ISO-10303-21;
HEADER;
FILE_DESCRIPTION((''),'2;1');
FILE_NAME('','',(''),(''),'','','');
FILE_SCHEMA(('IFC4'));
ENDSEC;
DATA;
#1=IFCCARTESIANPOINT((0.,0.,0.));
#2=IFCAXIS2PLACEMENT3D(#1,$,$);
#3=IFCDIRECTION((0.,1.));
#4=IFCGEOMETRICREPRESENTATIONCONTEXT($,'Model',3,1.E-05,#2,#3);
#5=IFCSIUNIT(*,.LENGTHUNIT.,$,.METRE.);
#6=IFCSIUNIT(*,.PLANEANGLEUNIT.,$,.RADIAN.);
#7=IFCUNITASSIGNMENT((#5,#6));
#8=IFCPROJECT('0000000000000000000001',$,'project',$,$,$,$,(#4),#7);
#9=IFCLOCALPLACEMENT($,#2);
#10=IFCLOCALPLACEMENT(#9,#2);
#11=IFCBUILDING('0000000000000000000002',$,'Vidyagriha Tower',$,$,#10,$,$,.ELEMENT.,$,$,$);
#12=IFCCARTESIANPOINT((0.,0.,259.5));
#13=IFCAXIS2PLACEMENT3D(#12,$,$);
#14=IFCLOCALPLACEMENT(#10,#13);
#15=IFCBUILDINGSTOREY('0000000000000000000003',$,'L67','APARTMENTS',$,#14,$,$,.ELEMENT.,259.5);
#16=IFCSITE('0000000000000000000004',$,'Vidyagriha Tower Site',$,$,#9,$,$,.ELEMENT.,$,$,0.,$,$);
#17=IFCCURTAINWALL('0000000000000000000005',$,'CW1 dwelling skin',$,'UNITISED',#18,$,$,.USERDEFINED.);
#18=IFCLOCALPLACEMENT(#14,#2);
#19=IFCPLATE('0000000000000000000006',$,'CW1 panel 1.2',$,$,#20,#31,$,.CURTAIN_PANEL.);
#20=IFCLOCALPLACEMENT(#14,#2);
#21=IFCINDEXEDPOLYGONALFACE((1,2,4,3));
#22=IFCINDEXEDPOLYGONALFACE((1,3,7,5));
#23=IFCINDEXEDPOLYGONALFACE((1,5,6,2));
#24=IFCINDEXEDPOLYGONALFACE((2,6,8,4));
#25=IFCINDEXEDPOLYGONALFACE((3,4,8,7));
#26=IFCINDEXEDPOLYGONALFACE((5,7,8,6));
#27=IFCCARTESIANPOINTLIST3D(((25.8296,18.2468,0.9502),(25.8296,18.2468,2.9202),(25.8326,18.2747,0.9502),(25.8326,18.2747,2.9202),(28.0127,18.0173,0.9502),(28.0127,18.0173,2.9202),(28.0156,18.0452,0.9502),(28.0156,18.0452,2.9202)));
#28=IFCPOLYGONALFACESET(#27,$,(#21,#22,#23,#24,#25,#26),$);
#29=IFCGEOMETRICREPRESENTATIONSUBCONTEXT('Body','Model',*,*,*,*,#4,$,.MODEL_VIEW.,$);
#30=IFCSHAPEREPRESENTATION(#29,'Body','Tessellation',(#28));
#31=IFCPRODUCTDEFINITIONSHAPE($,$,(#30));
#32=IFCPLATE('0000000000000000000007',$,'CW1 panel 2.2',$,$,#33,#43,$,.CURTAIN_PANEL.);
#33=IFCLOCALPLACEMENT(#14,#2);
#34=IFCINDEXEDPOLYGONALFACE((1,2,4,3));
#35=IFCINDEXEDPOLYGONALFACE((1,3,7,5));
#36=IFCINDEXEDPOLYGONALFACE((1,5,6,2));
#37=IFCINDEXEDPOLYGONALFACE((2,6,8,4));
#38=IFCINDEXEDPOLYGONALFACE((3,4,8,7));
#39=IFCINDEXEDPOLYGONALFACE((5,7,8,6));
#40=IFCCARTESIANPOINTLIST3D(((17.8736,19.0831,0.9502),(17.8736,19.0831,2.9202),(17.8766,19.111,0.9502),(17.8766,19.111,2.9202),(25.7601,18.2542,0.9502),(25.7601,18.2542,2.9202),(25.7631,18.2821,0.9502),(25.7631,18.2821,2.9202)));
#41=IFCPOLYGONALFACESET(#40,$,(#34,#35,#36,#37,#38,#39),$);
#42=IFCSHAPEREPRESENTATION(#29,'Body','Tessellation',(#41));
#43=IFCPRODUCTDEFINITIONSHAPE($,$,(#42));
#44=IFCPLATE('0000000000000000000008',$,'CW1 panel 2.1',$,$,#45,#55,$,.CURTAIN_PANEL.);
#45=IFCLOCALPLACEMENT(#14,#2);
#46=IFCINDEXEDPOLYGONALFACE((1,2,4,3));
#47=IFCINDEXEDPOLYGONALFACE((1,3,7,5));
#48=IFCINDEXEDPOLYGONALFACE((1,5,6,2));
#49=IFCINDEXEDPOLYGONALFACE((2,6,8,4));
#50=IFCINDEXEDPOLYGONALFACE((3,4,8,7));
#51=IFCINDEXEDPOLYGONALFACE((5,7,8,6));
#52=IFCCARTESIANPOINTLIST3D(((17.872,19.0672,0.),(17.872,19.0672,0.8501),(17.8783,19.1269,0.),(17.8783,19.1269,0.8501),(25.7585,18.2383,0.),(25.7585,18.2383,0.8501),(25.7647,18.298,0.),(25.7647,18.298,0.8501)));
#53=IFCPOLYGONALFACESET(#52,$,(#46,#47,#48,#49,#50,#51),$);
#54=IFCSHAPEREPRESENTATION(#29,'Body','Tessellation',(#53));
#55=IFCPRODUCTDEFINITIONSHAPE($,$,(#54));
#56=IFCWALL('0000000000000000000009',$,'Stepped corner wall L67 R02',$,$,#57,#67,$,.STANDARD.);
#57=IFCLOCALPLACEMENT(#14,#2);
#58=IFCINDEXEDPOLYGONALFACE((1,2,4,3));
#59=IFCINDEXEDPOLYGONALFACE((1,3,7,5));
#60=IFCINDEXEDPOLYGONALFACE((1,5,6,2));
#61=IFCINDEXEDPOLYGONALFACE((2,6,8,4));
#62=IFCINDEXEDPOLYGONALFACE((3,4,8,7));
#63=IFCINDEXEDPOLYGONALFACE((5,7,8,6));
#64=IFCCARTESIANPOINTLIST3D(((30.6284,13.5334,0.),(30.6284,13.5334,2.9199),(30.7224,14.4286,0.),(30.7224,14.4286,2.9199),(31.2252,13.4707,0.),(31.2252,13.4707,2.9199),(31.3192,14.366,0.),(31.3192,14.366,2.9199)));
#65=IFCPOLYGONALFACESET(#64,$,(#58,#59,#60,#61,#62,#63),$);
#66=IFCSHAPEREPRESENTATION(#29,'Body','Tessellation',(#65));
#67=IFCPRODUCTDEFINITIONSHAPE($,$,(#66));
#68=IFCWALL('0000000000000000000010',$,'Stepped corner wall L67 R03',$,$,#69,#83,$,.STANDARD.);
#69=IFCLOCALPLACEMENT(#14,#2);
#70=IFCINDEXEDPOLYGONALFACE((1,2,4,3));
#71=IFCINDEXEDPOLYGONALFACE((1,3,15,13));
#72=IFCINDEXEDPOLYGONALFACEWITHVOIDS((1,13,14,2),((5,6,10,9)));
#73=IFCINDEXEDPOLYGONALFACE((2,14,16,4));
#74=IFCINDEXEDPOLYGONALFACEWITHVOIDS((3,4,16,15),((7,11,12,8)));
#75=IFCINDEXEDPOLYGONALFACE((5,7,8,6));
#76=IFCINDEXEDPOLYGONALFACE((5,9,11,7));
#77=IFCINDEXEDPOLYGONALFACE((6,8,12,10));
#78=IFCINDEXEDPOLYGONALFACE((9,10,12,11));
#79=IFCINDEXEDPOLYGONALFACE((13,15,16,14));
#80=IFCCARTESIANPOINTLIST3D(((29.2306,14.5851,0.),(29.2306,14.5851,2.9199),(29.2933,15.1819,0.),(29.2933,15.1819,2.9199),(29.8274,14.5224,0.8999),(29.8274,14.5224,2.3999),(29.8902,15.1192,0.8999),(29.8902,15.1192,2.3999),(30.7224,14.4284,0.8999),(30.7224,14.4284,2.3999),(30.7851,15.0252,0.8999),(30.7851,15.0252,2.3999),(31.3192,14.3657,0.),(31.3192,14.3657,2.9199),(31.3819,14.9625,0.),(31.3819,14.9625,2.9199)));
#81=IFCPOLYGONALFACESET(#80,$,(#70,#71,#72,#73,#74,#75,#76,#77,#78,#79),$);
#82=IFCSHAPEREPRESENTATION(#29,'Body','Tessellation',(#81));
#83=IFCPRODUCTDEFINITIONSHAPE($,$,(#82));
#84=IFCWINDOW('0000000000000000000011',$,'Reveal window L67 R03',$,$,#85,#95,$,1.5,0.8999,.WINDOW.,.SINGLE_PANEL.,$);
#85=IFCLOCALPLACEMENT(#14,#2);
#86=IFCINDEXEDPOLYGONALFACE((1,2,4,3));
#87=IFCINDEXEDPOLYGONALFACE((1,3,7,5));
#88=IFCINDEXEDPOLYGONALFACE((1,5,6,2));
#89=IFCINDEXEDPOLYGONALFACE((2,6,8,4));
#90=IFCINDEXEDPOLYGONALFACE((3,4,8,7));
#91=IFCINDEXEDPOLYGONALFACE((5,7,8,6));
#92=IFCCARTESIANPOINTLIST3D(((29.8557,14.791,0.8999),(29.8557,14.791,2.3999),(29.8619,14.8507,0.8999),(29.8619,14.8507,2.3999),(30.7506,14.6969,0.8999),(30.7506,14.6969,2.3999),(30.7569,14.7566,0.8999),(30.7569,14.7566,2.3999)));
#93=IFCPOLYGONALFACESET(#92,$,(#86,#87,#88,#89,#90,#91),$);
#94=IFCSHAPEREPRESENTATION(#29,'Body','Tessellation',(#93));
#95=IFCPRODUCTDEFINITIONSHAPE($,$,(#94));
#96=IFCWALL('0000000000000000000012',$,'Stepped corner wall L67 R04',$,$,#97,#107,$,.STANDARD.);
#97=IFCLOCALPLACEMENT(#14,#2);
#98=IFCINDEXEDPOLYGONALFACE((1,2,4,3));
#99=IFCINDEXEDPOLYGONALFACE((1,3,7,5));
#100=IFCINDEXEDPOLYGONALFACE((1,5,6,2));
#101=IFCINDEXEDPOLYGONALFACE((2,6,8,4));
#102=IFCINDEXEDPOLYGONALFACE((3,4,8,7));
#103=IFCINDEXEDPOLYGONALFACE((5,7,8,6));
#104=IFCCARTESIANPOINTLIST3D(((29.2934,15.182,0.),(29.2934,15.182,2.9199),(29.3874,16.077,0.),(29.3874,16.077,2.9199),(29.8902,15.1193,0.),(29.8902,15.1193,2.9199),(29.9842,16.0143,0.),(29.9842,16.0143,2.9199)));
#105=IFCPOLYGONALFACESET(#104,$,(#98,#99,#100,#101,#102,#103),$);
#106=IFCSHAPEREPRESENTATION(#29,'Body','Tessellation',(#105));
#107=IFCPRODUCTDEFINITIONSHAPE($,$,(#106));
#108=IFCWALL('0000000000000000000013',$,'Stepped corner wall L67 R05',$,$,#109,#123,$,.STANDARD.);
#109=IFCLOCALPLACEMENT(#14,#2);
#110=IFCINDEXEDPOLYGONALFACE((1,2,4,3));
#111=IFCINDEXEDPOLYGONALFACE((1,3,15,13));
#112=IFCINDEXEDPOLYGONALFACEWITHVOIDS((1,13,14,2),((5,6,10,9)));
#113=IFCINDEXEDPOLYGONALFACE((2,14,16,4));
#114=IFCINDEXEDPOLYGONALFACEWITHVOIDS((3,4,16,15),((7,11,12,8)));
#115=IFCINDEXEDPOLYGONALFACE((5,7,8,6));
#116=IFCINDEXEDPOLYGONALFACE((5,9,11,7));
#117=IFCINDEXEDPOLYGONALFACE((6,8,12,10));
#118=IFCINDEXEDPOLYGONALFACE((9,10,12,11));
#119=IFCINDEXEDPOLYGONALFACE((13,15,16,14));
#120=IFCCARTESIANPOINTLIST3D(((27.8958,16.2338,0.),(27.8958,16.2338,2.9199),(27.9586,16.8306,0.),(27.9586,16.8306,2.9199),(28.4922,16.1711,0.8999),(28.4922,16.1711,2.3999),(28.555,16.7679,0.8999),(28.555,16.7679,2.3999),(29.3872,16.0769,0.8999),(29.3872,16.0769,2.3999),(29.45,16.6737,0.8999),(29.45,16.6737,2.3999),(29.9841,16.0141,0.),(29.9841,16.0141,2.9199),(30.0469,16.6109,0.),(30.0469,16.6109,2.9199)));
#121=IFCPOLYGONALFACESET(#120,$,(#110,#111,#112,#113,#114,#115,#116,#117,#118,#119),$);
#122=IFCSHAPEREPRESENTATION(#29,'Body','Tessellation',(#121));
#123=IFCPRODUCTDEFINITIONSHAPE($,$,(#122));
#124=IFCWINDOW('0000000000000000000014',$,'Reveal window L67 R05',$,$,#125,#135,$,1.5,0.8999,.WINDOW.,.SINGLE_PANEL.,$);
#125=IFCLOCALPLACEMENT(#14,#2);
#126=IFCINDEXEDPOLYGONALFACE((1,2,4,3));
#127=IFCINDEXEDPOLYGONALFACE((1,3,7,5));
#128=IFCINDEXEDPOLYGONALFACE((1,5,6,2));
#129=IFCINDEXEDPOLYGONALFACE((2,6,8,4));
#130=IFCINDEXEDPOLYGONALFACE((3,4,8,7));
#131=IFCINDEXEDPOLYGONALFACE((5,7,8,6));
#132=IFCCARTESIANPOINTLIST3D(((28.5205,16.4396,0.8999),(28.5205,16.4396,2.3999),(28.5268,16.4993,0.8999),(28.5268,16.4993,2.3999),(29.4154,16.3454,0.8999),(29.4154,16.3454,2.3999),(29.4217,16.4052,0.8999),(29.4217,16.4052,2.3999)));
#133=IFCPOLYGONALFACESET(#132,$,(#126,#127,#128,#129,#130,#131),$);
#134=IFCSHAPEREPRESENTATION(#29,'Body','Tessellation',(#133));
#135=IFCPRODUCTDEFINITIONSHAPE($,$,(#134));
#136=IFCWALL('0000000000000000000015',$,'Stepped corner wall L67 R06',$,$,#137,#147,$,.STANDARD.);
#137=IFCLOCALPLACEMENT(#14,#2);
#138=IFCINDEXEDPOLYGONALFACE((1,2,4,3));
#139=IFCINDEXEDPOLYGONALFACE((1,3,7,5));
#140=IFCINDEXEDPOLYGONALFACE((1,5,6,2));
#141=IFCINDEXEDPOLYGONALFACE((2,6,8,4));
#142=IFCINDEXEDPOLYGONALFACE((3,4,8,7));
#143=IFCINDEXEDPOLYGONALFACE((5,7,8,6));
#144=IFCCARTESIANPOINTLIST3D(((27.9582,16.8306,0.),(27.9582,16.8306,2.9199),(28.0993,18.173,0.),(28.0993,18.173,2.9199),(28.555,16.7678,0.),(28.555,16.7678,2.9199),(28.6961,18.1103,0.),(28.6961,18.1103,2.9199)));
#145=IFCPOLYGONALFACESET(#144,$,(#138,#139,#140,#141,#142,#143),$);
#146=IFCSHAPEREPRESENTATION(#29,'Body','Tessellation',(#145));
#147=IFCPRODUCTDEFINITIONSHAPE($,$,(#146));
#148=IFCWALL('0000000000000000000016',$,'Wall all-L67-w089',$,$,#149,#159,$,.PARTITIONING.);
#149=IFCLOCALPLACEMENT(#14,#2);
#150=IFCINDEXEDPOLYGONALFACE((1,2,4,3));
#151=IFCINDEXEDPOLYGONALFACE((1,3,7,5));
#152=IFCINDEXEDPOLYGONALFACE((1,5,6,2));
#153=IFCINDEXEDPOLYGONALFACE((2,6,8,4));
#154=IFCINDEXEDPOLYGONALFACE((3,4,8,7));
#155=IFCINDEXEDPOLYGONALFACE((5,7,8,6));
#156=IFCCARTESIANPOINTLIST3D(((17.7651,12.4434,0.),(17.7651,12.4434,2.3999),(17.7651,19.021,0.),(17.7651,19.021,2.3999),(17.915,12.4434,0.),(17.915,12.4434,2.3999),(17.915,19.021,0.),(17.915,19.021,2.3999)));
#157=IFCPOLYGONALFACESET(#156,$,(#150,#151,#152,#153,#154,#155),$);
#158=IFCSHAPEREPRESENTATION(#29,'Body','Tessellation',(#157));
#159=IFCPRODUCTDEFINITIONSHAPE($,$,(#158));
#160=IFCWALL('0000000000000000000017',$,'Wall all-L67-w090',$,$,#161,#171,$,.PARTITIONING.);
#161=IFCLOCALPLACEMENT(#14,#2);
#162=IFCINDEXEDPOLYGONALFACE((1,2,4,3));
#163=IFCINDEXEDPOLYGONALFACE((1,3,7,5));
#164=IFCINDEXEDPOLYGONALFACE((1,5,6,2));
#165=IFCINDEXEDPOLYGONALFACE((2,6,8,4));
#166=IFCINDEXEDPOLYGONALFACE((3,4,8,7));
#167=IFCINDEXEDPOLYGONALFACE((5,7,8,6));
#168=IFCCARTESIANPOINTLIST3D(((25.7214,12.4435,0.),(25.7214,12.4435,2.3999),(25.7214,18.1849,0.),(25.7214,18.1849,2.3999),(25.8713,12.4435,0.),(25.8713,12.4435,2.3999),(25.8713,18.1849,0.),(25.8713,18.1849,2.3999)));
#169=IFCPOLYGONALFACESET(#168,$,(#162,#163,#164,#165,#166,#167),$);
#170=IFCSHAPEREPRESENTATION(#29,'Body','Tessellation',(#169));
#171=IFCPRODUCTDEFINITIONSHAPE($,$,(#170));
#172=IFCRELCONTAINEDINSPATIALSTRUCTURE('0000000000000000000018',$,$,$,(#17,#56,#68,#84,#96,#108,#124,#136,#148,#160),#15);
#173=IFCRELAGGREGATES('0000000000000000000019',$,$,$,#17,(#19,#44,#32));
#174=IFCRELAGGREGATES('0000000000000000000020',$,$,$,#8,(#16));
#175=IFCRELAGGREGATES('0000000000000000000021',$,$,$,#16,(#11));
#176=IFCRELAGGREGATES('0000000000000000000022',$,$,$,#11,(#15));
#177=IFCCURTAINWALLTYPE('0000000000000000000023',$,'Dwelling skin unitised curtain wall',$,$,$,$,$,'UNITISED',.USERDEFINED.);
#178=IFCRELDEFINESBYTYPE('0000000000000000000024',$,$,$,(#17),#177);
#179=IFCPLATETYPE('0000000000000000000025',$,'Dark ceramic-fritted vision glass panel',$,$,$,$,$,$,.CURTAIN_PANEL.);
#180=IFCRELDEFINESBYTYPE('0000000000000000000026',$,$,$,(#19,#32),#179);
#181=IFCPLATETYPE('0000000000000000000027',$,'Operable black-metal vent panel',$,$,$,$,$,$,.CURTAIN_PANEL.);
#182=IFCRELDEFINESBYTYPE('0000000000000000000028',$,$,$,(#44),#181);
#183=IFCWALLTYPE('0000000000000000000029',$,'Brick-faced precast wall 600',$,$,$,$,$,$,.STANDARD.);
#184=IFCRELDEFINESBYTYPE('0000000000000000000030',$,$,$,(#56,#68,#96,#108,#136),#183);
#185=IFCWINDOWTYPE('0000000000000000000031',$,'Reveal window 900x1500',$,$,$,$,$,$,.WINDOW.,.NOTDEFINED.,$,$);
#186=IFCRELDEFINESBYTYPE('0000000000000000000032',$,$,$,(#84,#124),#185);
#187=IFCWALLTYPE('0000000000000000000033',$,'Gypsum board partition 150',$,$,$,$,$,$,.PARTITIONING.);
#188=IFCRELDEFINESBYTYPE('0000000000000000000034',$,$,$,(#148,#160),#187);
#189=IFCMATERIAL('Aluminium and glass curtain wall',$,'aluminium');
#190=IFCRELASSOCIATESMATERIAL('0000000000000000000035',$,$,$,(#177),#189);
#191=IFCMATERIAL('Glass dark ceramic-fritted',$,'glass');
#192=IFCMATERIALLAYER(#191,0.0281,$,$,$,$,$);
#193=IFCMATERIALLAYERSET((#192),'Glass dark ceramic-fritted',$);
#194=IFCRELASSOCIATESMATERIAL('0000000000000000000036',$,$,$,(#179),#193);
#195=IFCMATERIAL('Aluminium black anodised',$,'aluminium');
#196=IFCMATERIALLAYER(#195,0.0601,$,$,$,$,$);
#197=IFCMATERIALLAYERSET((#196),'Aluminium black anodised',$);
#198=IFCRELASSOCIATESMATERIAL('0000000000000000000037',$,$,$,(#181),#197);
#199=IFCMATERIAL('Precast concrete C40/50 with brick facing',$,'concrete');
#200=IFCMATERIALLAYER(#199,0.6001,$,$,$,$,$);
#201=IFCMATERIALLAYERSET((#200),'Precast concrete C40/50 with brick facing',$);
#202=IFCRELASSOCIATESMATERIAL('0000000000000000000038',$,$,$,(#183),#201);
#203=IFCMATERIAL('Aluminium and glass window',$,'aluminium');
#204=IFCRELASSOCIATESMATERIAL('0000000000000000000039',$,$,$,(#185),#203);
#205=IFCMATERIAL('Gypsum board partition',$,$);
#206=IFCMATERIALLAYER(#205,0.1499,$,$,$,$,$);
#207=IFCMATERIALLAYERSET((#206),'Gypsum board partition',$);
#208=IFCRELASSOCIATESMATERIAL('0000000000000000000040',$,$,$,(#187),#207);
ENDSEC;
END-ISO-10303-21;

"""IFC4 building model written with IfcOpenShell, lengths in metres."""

from ifc_helpers import new_model, si_unit, direction, frame, frame_2d, origin, origin_2d, place, context, subcontext, project, spatial, rectangle, extrude, material, layer, layer_set, type_object, element, fill, aggregate, save


model = new_model("IFC4")

# Units and contexts
model_context = context("Model", 3, precision=1e-05, world=origin(), true_north=direction((0.0, 1.0)))
body_context = subcontext(model_context, "Body", "Model", "MODEL_VIEW")
ifc_project = project(units=[si_unit("LENGTHUNIT", "METRE"), si_unit("PLANEANGLEUNIT", "RADIAN")], contexts=[model_context])

# Site, building, storey
site_placement = place(None, origin())
site = spatial("IfcSite", under=ifc_project, at=site_placement, Name="Vidyagriha Tower Site", CompositionType="ELEMENT", RefElevation=0.0)
building_placement = place(site_placement, origin())
building = spatial("IfcBuilding", under=site, at=building_placement, Name="Vidyagriha Tower", CompositionType="ELEMENT")
storey_placement = place(building_placement, frame((0.0, 0.0, 259.5)))
storey = spatial("IfcBuildingStorey", under=building, at=storey_placement, Name="L67", Description="APARTMENTS", CompositionType="ELEMENT", Elevation=259.5)

# Curtain wall, plates
ifc_material_1 = material(Name="Aluminium and glass curtain wall", Category="aluminium")
curtain_wall_type = type_object("IfcCurtainWallType", Name="Dwelling skin unitised curtain wall", ElementType="UNITISED", PredefinedType="USERDEFINED", material=ifc_material_1)
curtain_wall_placement = place(storey_placement, origin())
curtain_wall = element("IfcCurtainWall", 1, at=curtain_wall_placement, inside=storey, type_object=curtain_wall_type, Name="CW1 dwelling skin", ObjectType="UNITISED", PredefinedType="USERDEFINED")
ifc_material_2 = material(Name="Glass dark ceramic-fritted", Category="glass")
ifc_layer_1 = layer(ifc_material_2, 0.0281)
ifc_layer_set_1 = layer_set([ifc_layer_1], Name="Glass dark ceramic-fritted")
plate_type_1 = type_object("IfcPlateType", Name="Dark ceramic-fritted vision glass panel", PredefinedType="CURTAIN_PANEL", material=ifc_layer_set_1)
plate_1_placement = place(storey_placement, frame((26.9226, 18.146, 0.9502), z_axis=(0.0, 0.0, 1.0), x_axis=(-0.994522, 0.104529, 0.0)))
plate_1 = element("IfcPlate", 2, at=plate_1_placement, type_object=plate_type_1, Name="CW1 panel 1.2", PredefinedType="CURTAIN_PANEL", context=body_context, shape_type="SweptSolid", body=[
    extrude(rectangle(XDim=2.1951, YDim=0.0281, at=origin_2d()), origin(), (0.0, 0.0, 1.0), 1.97),
])
plate_2_placement = place(storey_placement, frame((21.8184, 18.6826, 0.9502), z_axis=(0.0, 0.0, 1.0), x_axis=(-0.994522, 0.104529, 0.0)))
plate_2 = element("IfcPlate", 3, at=plate_2_placement, type_object=plate_type_1, Name="CW1 panel 2.2", PredefinedType="CURTAIN_PANEL", context=body_context, shape_type="SweptSolid", body=[
    extrude(rectangle(XDim=7.9299, YDim=0.0281, at=origin_2d()), origin(), (0.0, 0.0, 1.0), 1.97),
])
ifc_material_3 = material(Name="Aluminium black anodised", Category="aluminium")
ifc_layer_2 = layer(ifc_material_3, 0.0601)
ifc_layer_set_2 = layer_set([ifc_layer_2], Name="Aluminium black anodised")
plate_type_2 = type_object("IfcPlateType", Name="Operable black-metal vent panel", PredefinedType="CURTAIN_PANEL", material=ifc_layer_set_2)
plate_3_placement = place(storey_placement, frame((21.8184, 18.6826, 0.0), z_axis=(0.0, 0.0, 1.0), x_axis=(-0.994522, 0.104529, 0.0)))
plate_3 = element("IfcPlate", 4, at=plate_3_placement, type_object=plate_type_2, Name="CW1 panel 2.1", PredefinedType="CURTAIN_PANEL", context=body_context, shape_type="SweptSolid", body=[
    extrude(rectangle(XDim=7.9299, YDim=0.0601, at=origin_2d()), origin(), (0.0, 0.0, 1.0), 0.8501),
])
aggregate(curtain_wall, [plate_1, plate_3, plate_2])

# Wall
ifc_material_4 = material(Name="Precast concrete C40/50 with brick facing", Category="concrete")
ifc_layer_3 = layer(ifc_material_4, 0.6001)
ifc_layer_set_3 = layer_set([ifc_layer_3], Name="Precast concrete C40/50 with brick facing")
wall_type_1 = type_object("IfcWallType", Name="Brick-faced precast wall 600", PredefinedType="STANDARD", material=ifc_layer_set_3)
wall_1_placement = place(storey_placement, frame((30.9268, 13.502, 0.0), z_axis=(0.0, 0.0, 1.0), x_axis=(0.104417, 0.994534, 0.0)))
element("IfcWall", 5, at=wall_1_placement, inside=storey, type_object=wall_type_1, Name="Stepped corner wall L67 R02", PredefinedType="STANDARD", context=body_context, shape_type="SweptSolid", body=[
    extrude(rectangle(XDim=0.9001, YDim=0.6001, at=frame_2d((0.4502, 0.0))), origin(), (0.0, 0.0, 1.0), 2.9199),
])

# Wall, opening, window
wall_2_placement = place(storey_placement, frame((31.3506, 14.6641, 0.0), z_axis=(0.0, 0.0, 1.0), x_axis=(-0.994524, 0.104509, 0.0)))
wall_2 = element("IfcWall", 6, at=wall_2_placement, inside=storey, type_object=wall_type_1, Name="Stepped corner wall L67 R03", PredefinedType="STANDARD", context=body_context, shape_type="SweptSolid", body=[
    extrude(rectangle(XDim=2.1001, YDim=0.6001, at=frame_2d((1.05, 0.0))), origin(), (0.0, 0.0, 1.0), 2.9199),
])
opening_1_placement = place(wall_2_placement, frame((0.6001, 0.0, 0.8999)))
opening_1 = element("IfcOpeningElement", 7, at=opening_1_placement, cuts=wall_2, PredefinedType="OPENING", context=body_context, shape_type="SweptSolid", body=[
    extrude(rectangle(XDim=0.8999, YDim=1.5, at=frame_2d((0.45, 0.75))), frame((0.0, 0.3101, 0.0), z_axis=(0.0, -1.0, 0.0), x_axis=(1.0, 0.0, 0.0)), (0.0, 0.0, 1.0), 0.6201),
])
ifc_material_5 = material(Name="Aluminium and glass window", Category="aluminium")
window_type = type_object("IfcWindowType", Name="Reveal window 900x1500", PartitioningType="NOTDEFINED", PredefinedType="WINDOW", material=ifc_material_5)
window_1_placement = place(opening_1_placement, origin())
window_1 = element("IfcWindow", 8, at=window_1_placement, inside=storey, type_object=window_type, Name="Reveal window L67 R03", OverallHeight=1.5, OverallWidth=0.8999, PartitioningType="SINGLE_PANEL", PredefinedType="WINDOW", context=body_context, shape_type="SweptSolid", body=[
    extrude(rectangle(XDim=0.8999, YDim=1.5, at=frame_2d((0.45, 0.75))), frame((0.0, 0.03, 0.0), z_axis=(0.0, -1.0, 0.0), x_axis=(1.0, 0.0, 0.0)), (0.0, 0.0, 1.0), 0.0601),
])
fill(opening_1, window_1)

# Wall
wall_3_placement = place(storey_placement, frame((29.5918, 15.1506, 0.0), z_axis=(0.0, 0.0, 1.0), x_axis=(0.104445, 0.994531, 0.0)))
element("IfcWall", 9, at=wall_3_placement, inside=storey, type_object=wall_type_1, Name="Stepped corner wall L67 R04", PredefinedType="STANDARD", context=body_context, shape_type="SweptSolid", body=[
    extrude(rectangle(XDim=0.8999, YDim=0.6001, at=frame_2d((0.45, 0.0))), origin(), (0.0, 0.0, 1.0), 2.9199),
])

# Wall, opening, window
wall_4_placement = place(storey_placement, frame((30.0154, 16.3125, 0.0), z_axis=(0.0, 0.0, 1.0), x_axis=(-0.994511, 0.104636, 0.0)))
wall_4 = element("IfcWall", 10, at=wall_4_placement, inside=storey, type_object=wall_type_1, Name="Stepped corner wall L67 R05", PredefinedType="STANDARD", context=body_context, shape_type="SweptSolid", body=[
    extrude(rectangle(XDim=2.0999, YDim=0.6001, at=frame_2d((1.0498, 0.0))), origin(), (0.0, 0.0, 1.0), 2.9199),
])
opening_2_placement = place(wall_4_placement, frame((0.6001, 0.0, 0.8999)))
opening_2 = element("IfcOpeningElement", 11, at=opening_2_placement, cuts=wall_4, PredefinedType="OPENING", context=body_context, shape_type="SweptSolid", body=[
    extrude(rectangle(XDim=0.8999, YDim=1.5, at=frame_2d((0.45, 0.75))), frame((0.0, 0.3101, 0.0), z_axis=(0.0, -1.0, 0.0), x_axis=(1.0, 0.0, 0.0)), (0.0, 0.0, 1.0), 0.6201),
])
window_2_placement = place(opening_2_placement, origin())
window_2 = element("IfcWindow", 12, at=window_2_placement, inside=storey, type_object=window_type, Name="Reveal window L67 R05", OverallHeight=1.5, OverallWidth=0.8999, PartitioningType="SINGLE_PANEL", PredefinedType="WINDOW", context=body_context, shape_type="SweptSolid", body=[
    extrude(rectangle(XDim=0.8999, YDim=1.5, at=frame_2d((0.45, 0.75))), frame((0.0, 0.03, 0.0), z_axis=(0.0, -1.0, 0.0), x_axis=(1.0, 0.0, 0.0)), (0.0, 0.0, 1.0), 0.0601),
])
fill(opening_2, window_2)

# Walls
wall_5_placement = place(storey_placement, frame((28.2566, 16.7993, 0.0), z_axis=(0.0, 0.0, 1.0), x_axis=(0.104534, 0.994521, 0.0)))
element("IfcWall", 13, at=wall_5_placement, inside=storey, type_object=wall_type_1, Name="Stepped corner wall L67 R06", PredefinedType="STANDARD", context=body_context, shape_type="SweptSolid", body=[
    extrude(rectangle(XDim=1.3499, YDim=0.6001, at=frame_2d((0.6748, 0.0))), origin(), (0.0, 0.0, 1.0), 2.9199),
])
ifc_material_6 = material(Name="Gypsum board partition")
ifc_layer_4 = layer(ifc_material_6, 0.1499)
ifc_layer_set_4 = layer_set([ifc_layer_4], Name="Gypsum board partition")
wall_type_2 = type_object("IfcWallType", Name="Gypsum board partition 150", PredefinedType="PARTITIONING", material=ifc_layer_set_4)
wall_6_placement = place(storey_placement, frame((17.8401, 19.021, 0.0), z_axis=(0.0, 0.0, 1.0), x_axis=(0.0, -1.0, 0.0)))
element("IfcWall", 14, at=wall_6_placement, inside=storey, type_object=wall_type_2, Name="Wall all-L67-w089", PredefinedType="PARTITIONING", context=body_context, shape_type="SweptSolid", body=[
    extrude(rectangle(XDim=6.5776, YDim=0.1499, at=frame_2d((3.2888, 0.0))), origin(), (0.0, 0.0, 1.0), 2.3999),
])
wall_7_placement = place(storey_placement, frame((25.7964, 18.1848, 0.0), z_axis=(0.0, 0.0, 1.0), x_axis=(0.0, -1.0, 0.0)))
element("IfcWall", 15, at=wall_7_placement, inside=storey, type_object=wall_type_2, Name="Wall all-L67-w090", PredefinedType="PARTITIONING", context=body_context, shape_type="SweptSolid", body=[
    extrude(rectangle(XDim=5.7415, YDim=0.1499, at=frame_2d((2.8706, 0.0))), origin(), (0.0, 0.0, 1.0), 2.3999),
])

save(model, "model.ifc")
